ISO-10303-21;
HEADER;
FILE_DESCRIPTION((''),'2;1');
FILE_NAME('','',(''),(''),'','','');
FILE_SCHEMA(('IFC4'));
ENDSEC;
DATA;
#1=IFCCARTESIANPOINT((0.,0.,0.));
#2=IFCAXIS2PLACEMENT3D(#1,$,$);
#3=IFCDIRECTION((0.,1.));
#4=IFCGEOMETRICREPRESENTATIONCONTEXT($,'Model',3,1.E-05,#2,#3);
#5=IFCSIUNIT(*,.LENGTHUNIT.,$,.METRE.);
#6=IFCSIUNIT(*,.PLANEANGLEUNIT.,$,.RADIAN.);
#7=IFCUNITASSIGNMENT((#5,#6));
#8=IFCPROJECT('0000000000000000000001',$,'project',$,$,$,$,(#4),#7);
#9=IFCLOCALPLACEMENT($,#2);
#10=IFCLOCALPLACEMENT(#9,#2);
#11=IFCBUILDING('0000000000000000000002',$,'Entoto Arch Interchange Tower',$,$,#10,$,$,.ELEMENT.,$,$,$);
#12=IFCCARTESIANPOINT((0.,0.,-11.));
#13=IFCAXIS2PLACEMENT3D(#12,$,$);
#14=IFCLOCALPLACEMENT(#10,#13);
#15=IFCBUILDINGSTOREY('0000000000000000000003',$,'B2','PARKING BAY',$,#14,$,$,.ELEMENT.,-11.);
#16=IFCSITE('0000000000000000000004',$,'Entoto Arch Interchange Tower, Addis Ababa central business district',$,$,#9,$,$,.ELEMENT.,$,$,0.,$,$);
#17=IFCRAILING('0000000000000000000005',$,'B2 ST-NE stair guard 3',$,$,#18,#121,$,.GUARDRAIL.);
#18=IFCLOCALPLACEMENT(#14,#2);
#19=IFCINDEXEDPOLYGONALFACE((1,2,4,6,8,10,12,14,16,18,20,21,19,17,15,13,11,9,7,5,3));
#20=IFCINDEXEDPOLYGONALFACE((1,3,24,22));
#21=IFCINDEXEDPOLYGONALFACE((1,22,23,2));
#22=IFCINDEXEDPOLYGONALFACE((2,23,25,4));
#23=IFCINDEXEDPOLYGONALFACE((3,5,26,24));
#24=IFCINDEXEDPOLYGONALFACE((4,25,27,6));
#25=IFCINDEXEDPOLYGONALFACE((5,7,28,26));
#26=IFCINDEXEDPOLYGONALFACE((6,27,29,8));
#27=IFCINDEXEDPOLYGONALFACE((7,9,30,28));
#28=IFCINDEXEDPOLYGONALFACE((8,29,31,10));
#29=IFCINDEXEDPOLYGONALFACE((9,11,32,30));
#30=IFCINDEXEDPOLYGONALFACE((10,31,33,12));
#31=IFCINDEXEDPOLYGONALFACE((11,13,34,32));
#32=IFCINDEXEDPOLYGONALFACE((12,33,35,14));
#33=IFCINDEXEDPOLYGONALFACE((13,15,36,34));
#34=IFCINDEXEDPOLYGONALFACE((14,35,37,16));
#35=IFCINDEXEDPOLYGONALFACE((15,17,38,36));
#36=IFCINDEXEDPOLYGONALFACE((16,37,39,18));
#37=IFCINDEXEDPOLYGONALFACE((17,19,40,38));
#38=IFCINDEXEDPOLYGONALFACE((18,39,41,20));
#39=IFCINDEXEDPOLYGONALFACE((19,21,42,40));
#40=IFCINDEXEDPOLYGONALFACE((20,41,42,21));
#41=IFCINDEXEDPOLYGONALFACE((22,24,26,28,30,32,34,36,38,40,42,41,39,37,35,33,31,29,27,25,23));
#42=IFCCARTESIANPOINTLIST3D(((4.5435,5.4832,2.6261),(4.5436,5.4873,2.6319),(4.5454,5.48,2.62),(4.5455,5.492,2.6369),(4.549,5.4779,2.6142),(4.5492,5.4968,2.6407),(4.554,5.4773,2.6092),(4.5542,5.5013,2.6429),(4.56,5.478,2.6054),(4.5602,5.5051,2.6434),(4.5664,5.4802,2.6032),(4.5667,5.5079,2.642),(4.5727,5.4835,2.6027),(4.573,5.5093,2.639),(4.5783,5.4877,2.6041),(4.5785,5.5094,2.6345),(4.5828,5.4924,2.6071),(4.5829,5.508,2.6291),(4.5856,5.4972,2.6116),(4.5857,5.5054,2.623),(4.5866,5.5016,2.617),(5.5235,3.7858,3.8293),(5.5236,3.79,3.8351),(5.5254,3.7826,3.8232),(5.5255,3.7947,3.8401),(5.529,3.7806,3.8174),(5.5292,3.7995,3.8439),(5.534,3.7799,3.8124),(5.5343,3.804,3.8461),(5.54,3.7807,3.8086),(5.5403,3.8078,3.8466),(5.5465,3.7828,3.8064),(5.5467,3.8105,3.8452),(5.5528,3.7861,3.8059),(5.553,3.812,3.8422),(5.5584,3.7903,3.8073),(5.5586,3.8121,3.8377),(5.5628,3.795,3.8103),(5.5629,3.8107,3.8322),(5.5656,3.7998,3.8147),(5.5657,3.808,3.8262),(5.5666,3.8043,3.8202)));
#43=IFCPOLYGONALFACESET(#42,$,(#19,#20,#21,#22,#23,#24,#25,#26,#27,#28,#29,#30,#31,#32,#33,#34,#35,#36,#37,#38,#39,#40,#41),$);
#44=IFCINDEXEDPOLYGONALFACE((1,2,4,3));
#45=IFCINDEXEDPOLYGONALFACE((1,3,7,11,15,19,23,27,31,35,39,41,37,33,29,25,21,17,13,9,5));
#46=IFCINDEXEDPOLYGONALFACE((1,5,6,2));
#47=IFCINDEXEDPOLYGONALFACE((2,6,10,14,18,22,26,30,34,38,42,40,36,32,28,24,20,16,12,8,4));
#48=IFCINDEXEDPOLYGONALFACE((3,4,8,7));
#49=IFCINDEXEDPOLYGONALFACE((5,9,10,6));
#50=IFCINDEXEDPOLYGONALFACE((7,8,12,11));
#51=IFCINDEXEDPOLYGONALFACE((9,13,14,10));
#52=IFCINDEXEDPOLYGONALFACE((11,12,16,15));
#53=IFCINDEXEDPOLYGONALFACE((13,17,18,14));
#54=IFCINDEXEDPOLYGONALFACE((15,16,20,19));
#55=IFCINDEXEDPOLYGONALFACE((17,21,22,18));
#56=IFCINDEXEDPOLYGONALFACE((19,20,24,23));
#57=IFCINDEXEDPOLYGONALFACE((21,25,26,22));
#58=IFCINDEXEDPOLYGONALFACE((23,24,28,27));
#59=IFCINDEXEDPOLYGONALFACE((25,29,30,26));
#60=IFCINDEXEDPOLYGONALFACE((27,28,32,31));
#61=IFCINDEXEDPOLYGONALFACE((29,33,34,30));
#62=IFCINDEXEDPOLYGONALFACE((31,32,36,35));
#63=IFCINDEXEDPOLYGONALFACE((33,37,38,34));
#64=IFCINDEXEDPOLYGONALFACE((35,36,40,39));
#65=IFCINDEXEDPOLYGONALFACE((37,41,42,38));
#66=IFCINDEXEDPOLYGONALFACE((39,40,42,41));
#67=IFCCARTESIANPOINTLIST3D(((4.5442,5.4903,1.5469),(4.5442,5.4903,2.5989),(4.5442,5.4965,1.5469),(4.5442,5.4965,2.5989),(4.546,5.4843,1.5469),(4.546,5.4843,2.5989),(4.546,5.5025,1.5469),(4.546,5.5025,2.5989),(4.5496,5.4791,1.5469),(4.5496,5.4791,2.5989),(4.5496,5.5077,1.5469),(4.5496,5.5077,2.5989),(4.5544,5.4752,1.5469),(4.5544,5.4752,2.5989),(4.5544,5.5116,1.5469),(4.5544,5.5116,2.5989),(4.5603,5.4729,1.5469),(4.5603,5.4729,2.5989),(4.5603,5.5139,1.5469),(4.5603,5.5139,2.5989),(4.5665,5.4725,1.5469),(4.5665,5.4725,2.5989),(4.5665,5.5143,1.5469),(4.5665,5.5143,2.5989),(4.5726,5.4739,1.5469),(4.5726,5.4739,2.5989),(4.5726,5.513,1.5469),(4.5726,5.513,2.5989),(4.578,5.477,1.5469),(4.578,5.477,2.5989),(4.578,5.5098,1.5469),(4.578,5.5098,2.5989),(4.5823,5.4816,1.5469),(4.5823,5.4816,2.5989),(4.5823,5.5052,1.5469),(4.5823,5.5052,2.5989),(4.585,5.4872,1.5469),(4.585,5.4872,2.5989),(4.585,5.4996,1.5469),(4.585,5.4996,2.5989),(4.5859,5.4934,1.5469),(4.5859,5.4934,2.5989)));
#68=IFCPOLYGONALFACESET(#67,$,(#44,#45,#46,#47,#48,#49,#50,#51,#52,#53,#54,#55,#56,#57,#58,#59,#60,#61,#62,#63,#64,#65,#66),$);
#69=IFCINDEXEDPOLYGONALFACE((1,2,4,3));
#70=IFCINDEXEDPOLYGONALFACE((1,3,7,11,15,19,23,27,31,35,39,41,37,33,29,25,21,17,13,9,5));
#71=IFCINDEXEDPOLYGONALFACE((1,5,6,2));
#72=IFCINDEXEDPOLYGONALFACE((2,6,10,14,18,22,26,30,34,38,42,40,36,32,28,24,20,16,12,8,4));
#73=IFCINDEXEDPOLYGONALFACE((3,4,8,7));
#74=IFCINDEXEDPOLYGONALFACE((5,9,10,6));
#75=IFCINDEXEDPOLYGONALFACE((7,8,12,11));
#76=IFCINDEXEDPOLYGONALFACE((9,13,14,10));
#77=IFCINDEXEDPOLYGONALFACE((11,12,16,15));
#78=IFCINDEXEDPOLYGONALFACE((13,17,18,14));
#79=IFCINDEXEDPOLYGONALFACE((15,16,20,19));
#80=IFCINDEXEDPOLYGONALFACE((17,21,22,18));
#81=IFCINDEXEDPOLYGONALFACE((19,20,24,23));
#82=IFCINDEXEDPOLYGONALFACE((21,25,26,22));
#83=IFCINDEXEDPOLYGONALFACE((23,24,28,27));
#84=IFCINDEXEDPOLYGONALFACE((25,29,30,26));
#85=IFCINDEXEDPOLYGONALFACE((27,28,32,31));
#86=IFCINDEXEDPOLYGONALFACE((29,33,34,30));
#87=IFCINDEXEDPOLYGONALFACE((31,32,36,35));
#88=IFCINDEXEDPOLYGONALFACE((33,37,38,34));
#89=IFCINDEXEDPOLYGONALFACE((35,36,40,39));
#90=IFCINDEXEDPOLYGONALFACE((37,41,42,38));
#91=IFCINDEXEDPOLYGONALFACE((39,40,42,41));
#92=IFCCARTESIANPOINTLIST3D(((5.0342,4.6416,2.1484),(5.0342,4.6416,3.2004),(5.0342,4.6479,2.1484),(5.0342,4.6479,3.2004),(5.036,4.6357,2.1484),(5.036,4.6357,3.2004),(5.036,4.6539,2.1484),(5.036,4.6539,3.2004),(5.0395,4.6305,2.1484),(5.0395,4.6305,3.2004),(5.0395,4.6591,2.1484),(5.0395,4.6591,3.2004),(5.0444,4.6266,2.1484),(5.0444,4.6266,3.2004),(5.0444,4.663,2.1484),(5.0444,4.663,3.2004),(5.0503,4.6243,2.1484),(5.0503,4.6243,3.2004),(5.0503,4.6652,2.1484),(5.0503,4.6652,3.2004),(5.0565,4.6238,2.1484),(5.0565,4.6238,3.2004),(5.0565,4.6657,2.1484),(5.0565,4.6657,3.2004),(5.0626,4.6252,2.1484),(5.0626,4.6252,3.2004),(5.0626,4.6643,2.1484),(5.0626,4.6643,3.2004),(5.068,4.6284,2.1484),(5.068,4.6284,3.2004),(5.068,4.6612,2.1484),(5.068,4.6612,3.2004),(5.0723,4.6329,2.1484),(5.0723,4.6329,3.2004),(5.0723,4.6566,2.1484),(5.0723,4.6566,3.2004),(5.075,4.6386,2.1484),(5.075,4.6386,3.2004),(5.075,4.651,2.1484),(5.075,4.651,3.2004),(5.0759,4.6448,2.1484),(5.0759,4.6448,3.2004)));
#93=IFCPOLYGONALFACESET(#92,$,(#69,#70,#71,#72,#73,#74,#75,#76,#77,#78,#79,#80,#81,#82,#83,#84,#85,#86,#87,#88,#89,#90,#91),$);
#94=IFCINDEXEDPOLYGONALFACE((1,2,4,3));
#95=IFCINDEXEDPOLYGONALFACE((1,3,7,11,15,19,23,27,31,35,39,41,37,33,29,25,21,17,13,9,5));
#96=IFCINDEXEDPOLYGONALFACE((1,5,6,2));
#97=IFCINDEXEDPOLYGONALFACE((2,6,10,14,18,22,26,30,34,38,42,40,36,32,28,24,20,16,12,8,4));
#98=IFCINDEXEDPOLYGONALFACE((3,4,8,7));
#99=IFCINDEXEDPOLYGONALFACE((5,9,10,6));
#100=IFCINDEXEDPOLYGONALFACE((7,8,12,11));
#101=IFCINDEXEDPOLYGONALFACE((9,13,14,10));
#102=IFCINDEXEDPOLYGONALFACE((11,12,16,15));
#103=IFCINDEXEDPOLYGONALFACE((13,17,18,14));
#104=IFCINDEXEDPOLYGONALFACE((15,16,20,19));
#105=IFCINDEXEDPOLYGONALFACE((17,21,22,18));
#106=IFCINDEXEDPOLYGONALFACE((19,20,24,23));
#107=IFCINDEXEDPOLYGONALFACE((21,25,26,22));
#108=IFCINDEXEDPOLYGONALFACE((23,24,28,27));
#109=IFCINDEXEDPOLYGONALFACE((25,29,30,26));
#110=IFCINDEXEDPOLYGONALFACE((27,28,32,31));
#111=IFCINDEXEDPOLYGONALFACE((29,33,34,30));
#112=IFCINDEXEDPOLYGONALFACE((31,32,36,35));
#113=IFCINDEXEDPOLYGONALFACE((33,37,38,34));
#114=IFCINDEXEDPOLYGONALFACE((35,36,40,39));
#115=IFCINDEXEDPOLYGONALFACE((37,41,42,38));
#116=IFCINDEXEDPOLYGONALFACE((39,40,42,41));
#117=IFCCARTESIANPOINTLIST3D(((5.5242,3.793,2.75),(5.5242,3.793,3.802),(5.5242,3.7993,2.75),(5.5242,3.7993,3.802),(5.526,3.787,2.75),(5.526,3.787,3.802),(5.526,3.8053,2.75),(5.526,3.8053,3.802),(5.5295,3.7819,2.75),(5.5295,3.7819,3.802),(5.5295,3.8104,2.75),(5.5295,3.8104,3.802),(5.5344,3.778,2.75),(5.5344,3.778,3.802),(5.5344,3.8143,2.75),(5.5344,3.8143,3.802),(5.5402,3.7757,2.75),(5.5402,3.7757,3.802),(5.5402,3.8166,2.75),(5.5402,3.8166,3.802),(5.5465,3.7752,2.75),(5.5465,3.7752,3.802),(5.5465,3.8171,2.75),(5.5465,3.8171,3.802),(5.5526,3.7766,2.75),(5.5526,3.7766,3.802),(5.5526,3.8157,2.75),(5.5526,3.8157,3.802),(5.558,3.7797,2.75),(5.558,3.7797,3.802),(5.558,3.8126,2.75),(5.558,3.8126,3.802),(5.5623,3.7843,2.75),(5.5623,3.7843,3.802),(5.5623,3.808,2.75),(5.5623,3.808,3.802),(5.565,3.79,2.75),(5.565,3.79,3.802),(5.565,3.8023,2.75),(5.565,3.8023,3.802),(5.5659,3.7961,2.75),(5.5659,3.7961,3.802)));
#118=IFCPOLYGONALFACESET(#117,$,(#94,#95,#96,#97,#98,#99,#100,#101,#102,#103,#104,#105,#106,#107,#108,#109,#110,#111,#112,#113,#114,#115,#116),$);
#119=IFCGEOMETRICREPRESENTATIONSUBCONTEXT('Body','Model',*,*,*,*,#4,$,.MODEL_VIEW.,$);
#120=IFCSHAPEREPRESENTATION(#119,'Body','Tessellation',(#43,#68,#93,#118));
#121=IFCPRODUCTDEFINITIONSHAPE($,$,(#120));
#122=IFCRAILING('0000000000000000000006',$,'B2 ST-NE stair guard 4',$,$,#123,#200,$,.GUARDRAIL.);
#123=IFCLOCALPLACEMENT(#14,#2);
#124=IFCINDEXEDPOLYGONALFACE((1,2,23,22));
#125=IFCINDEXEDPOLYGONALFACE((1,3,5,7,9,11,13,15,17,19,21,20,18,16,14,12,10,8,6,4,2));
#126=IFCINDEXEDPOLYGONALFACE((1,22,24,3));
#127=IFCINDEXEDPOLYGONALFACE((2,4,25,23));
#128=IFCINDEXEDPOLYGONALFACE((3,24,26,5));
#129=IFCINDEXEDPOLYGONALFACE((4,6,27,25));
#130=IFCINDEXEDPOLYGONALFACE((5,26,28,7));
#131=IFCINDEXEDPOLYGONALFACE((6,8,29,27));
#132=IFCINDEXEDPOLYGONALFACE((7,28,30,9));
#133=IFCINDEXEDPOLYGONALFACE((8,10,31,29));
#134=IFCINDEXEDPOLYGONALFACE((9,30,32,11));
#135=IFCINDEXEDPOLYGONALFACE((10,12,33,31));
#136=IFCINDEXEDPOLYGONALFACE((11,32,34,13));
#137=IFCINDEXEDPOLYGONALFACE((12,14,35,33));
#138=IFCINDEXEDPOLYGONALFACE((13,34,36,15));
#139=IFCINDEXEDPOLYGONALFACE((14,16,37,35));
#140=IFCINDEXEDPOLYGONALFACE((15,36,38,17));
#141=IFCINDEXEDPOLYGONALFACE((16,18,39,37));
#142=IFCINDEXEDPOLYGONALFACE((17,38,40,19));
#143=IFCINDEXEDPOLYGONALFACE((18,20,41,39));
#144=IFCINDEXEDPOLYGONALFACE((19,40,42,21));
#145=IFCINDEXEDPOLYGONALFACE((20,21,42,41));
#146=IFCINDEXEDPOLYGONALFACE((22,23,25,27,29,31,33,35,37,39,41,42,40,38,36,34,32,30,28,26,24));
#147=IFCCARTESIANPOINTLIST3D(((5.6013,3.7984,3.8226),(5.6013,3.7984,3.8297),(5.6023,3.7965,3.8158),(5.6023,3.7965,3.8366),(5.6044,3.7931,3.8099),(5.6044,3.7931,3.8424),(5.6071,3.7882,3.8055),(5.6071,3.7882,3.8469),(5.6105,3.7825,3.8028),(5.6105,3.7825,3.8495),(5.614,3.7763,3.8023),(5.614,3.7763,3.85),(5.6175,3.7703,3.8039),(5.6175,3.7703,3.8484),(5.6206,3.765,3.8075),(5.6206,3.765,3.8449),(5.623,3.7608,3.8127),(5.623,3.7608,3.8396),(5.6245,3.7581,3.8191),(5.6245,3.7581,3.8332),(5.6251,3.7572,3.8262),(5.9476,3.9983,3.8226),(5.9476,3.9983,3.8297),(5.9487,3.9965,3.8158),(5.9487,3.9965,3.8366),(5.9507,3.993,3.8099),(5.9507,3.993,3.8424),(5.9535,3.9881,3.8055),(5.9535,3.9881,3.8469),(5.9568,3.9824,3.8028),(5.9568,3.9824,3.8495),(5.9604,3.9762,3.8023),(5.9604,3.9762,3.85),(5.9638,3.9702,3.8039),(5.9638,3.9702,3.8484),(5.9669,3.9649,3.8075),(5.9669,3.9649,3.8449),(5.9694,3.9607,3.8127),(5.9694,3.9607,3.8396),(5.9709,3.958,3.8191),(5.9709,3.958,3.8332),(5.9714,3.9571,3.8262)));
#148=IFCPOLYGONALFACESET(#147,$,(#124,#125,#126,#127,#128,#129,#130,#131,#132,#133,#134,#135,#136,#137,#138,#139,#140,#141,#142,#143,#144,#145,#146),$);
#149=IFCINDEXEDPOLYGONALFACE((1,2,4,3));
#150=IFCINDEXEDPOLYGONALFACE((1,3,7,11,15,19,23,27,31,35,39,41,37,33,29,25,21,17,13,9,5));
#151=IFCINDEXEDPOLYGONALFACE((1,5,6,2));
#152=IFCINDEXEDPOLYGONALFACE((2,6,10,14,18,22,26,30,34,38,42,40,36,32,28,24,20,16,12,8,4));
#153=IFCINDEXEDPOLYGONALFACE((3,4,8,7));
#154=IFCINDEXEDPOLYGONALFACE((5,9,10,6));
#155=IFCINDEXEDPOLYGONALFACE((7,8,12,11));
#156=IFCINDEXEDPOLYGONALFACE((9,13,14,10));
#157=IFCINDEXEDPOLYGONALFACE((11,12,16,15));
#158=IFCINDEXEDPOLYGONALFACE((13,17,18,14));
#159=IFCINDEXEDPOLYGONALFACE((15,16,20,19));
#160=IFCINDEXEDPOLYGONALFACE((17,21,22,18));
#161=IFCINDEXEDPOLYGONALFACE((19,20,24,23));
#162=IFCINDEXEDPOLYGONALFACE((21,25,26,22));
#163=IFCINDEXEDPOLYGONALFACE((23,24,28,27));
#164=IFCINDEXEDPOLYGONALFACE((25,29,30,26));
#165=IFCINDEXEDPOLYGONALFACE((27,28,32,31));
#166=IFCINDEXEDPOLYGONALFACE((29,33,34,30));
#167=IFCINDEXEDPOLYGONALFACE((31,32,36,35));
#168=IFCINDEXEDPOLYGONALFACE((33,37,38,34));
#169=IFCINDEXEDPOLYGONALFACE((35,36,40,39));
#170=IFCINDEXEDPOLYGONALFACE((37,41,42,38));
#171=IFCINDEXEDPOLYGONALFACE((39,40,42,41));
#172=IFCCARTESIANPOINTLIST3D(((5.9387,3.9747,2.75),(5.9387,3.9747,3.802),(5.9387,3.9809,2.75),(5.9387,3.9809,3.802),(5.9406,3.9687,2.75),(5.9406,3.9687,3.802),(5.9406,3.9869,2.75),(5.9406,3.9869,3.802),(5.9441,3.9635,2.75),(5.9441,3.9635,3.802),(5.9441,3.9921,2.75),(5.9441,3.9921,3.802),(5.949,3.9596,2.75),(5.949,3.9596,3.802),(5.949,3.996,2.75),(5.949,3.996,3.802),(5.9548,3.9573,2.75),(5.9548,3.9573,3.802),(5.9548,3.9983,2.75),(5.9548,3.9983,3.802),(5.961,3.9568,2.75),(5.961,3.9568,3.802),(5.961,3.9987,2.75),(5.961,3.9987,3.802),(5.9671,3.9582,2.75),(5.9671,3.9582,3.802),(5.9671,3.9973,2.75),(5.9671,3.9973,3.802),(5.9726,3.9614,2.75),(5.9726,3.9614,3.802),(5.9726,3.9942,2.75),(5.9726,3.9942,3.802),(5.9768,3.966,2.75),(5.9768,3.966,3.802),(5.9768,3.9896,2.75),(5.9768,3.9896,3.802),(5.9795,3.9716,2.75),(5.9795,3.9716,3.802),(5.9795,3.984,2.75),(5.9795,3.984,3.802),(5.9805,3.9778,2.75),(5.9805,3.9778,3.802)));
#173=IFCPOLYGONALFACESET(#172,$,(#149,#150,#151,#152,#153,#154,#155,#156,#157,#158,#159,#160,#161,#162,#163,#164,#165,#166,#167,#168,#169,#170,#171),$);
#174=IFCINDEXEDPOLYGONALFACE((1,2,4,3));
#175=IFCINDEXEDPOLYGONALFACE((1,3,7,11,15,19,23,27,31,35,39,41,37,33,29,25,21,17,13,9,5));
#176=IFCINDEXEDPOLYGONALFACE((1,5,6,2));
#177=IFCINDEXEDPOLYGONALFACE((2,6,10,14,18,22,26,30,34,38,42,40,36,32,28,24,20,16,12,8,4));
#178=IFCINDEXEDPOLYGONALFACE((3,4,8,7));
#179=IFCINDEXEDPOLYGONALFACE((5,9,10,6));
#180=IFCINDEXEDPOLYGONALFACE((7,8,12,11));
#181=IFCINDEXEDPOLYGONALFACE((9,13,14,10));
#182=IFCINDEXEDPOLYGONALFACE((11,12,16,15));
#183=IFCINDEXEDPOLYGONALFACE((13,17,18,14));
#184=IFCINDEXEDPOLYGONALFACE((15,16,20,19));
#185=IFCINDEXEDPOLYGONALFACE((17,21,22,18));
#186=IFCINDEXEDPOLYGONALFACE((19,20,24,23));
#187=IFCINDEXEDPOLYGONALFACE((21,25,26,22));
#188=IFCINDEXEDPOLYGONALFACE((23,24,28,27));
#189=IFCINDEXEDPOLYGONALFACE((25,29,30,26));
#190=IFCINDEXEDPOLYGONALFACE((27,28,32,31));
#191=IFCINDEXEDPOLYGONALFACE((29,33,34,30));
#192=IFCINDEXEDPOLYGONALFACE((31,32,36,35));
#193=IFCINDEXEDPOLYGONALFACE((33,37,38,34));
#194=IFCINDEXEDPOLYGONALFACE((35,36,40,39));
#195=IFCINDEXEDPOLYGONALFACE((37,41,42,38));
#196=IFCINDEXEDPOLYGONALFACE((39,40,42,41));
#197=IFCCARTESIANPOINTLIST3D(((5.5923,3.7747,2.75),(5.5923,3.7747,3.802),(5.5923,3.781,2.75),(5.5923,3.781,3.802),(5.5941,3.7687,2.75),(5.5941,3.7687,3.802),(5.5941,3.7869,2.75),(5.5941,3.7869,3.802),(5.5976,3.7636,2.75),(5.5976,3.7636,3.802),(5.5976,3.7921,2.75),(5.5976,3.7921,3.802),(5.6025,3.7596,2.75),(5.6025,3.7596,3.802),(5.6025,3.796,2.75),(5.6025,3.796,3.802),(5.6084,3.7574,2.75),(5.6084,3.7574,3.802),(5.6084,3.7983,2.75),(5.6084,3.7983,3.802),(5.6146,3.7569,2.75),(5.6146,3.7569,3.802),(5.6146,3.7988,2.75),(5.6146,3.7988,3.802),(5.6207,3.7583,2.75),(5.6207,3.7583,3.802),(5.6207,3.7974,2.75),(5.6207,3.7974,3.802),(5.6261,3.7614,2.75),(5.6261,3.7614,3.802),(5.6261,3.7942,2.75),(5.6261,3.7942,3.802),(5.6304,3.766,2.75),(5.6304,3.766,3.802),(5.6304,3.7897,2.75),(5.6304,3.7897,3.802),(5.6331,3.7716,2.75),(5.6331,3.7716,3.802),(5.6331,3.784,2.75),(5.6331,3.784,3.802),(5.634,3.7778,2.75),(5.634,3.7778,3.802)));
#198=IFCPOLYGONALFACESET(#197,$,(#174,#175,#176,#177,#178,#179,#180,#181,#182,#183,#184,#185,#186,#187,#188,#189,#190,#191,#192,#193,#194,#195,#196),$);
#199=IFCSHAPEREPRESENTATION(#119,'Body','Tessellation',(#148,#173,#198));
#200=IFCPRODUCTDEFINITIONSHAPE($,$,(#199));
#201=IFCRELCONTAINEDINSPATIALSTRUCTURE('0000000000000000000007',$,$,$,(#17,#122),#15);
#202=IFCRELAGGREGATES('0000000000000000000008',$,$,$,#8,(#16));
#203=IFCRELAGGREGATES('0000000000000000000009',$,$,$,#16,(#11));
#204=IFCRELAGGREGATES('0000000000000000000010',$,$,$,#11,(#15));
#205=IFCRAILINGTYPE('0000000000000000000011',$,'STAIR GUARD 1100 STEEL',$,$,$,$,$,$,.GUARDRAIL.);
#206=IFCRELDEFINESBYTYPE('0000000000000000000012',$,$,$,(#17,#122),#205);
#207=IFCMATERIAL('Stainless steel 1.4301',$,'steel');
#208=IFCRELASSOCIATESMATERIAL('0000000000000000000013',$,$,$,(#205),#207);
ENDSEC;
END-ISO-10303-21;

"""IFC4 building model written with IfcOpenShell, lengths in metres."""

from ifc_helpers import new_model, si_unit, direction, frame, origin, origin_2d, place, context, subcontext, project, spatial, circle, extrude, material, type_object, element, save


model = new_model("IFC4")

# Units and contexts
model_context = context("Model", 3, precision=1e-05, world=origin(), true_north=direction((0.0, 1.0)))
body_context = subcontext(model_context, "Body", "Model", "MODEL_VIEW")
ifc_project = project(units=[si_unit("LENGTHUNIT", "METRE"), si_unit("PLANEANGLEUNIT", "RADIAN")], contexts=[model_context])

# Site, building, storey
site_placement = place(None, origin())
site = spatial("IfcSite", under=ifc_project, at=site_placement, Name="Entoto Arch Interchange Tower, Addis Ababa central business district", CompositionType="ELEMENT", RefElevation=0.0)
building_placement = place(site_placement, origin())
building = spatial("IfcBuilding", under=site, at=building_placement, Name="Entoto Arch Interchange Tower", CompositionType="ELEMENT")
storey_placement = place(building_placement, frame((0.0, 0.0, -11.0)))
storey = spatial("IfcBuildingStorey", under=building, at=storey_placement, Name="B2", Description="PARKING BAY", CompositionType="ELEMENT", Elevation=-11.0)

# Railings
ifc_material_1 = material(Name="Stainless steel 1.4301", Category="steel")
railing_type_1 = type_object("IfcRailingType", Name="STAIR GUARD 1100 STEEL", PredefinedType="GUARDRAIL", material=ifc_material_1)
railing_1_placement = place(storey_placement, frame((4.5649, 5.4934, 1.5469)))
element("IfcRailing", 1, at=railing_1_placement, inside=storey, type_object=railing_type_1, Name="B2 ST-NE stair guard 3", PredefinedType="GUARDRAIL", context=body_context, shape_type="SweptSolid", body=[
    extrude(circle(Radius=0.0239, at=origin_2d()), frame((0.0, 0.0, 1.0762), z_axis=(0.426136, -0.73804, 0.523168), x_axis=(0.866011, 0.500024, 0.0)), (0.0, 0.0, 1.0), 2.2998),
    extrude(circle(Radius=0.021, at=origin_2d()), origin(), (0.0, 0.0, 1.0), 1.052),
    extrude(circle(Radius=0.021, at=origin_2d()), frame((0.49, -0.8486, 0.6016)), (0.0, 0.0, 1.0), 1.052),
    extrude(circle(Radius=0.021, at=origin_2d()), frame((0.98, -1.6973, 1.2031)), (0.0, 0.0, 1.0), 1.052),
])
railing_2_placement = place(storey_placement, frame((5.9595, 3.9778, 2.75)))
element("IfcRailing", 2, at=railing_2_placement, inside=storey, type_object=railing_type_1, Name="B2 ST-NE stair guard 4", PredefinedType="GUARDRAIL", context=body_context, shape_type="SweptSolid", body=[
    extrude(circle(Radius=0.0239, at=origin_2d()), frame((0.0, 0.0, 1.0762), z_axis=(-0.866094, -0.499881, 0.0), x_axis=(0.499881, -0.866094, 0.0)), (0.0, 0.0, 1.0), 0.3999),
    extrude(circle(Radius=0.021, at=origin_2d()), origin(), (0.0, 0.0, 1.0), 1.052),
    extrude(circle(Radius=0.021, at=origin_2d()), frame((-0.3464, -0.2, 0.0)), (0.0, 0.0, 1.0), 1.052),
])

save(model, "model.ifc")
